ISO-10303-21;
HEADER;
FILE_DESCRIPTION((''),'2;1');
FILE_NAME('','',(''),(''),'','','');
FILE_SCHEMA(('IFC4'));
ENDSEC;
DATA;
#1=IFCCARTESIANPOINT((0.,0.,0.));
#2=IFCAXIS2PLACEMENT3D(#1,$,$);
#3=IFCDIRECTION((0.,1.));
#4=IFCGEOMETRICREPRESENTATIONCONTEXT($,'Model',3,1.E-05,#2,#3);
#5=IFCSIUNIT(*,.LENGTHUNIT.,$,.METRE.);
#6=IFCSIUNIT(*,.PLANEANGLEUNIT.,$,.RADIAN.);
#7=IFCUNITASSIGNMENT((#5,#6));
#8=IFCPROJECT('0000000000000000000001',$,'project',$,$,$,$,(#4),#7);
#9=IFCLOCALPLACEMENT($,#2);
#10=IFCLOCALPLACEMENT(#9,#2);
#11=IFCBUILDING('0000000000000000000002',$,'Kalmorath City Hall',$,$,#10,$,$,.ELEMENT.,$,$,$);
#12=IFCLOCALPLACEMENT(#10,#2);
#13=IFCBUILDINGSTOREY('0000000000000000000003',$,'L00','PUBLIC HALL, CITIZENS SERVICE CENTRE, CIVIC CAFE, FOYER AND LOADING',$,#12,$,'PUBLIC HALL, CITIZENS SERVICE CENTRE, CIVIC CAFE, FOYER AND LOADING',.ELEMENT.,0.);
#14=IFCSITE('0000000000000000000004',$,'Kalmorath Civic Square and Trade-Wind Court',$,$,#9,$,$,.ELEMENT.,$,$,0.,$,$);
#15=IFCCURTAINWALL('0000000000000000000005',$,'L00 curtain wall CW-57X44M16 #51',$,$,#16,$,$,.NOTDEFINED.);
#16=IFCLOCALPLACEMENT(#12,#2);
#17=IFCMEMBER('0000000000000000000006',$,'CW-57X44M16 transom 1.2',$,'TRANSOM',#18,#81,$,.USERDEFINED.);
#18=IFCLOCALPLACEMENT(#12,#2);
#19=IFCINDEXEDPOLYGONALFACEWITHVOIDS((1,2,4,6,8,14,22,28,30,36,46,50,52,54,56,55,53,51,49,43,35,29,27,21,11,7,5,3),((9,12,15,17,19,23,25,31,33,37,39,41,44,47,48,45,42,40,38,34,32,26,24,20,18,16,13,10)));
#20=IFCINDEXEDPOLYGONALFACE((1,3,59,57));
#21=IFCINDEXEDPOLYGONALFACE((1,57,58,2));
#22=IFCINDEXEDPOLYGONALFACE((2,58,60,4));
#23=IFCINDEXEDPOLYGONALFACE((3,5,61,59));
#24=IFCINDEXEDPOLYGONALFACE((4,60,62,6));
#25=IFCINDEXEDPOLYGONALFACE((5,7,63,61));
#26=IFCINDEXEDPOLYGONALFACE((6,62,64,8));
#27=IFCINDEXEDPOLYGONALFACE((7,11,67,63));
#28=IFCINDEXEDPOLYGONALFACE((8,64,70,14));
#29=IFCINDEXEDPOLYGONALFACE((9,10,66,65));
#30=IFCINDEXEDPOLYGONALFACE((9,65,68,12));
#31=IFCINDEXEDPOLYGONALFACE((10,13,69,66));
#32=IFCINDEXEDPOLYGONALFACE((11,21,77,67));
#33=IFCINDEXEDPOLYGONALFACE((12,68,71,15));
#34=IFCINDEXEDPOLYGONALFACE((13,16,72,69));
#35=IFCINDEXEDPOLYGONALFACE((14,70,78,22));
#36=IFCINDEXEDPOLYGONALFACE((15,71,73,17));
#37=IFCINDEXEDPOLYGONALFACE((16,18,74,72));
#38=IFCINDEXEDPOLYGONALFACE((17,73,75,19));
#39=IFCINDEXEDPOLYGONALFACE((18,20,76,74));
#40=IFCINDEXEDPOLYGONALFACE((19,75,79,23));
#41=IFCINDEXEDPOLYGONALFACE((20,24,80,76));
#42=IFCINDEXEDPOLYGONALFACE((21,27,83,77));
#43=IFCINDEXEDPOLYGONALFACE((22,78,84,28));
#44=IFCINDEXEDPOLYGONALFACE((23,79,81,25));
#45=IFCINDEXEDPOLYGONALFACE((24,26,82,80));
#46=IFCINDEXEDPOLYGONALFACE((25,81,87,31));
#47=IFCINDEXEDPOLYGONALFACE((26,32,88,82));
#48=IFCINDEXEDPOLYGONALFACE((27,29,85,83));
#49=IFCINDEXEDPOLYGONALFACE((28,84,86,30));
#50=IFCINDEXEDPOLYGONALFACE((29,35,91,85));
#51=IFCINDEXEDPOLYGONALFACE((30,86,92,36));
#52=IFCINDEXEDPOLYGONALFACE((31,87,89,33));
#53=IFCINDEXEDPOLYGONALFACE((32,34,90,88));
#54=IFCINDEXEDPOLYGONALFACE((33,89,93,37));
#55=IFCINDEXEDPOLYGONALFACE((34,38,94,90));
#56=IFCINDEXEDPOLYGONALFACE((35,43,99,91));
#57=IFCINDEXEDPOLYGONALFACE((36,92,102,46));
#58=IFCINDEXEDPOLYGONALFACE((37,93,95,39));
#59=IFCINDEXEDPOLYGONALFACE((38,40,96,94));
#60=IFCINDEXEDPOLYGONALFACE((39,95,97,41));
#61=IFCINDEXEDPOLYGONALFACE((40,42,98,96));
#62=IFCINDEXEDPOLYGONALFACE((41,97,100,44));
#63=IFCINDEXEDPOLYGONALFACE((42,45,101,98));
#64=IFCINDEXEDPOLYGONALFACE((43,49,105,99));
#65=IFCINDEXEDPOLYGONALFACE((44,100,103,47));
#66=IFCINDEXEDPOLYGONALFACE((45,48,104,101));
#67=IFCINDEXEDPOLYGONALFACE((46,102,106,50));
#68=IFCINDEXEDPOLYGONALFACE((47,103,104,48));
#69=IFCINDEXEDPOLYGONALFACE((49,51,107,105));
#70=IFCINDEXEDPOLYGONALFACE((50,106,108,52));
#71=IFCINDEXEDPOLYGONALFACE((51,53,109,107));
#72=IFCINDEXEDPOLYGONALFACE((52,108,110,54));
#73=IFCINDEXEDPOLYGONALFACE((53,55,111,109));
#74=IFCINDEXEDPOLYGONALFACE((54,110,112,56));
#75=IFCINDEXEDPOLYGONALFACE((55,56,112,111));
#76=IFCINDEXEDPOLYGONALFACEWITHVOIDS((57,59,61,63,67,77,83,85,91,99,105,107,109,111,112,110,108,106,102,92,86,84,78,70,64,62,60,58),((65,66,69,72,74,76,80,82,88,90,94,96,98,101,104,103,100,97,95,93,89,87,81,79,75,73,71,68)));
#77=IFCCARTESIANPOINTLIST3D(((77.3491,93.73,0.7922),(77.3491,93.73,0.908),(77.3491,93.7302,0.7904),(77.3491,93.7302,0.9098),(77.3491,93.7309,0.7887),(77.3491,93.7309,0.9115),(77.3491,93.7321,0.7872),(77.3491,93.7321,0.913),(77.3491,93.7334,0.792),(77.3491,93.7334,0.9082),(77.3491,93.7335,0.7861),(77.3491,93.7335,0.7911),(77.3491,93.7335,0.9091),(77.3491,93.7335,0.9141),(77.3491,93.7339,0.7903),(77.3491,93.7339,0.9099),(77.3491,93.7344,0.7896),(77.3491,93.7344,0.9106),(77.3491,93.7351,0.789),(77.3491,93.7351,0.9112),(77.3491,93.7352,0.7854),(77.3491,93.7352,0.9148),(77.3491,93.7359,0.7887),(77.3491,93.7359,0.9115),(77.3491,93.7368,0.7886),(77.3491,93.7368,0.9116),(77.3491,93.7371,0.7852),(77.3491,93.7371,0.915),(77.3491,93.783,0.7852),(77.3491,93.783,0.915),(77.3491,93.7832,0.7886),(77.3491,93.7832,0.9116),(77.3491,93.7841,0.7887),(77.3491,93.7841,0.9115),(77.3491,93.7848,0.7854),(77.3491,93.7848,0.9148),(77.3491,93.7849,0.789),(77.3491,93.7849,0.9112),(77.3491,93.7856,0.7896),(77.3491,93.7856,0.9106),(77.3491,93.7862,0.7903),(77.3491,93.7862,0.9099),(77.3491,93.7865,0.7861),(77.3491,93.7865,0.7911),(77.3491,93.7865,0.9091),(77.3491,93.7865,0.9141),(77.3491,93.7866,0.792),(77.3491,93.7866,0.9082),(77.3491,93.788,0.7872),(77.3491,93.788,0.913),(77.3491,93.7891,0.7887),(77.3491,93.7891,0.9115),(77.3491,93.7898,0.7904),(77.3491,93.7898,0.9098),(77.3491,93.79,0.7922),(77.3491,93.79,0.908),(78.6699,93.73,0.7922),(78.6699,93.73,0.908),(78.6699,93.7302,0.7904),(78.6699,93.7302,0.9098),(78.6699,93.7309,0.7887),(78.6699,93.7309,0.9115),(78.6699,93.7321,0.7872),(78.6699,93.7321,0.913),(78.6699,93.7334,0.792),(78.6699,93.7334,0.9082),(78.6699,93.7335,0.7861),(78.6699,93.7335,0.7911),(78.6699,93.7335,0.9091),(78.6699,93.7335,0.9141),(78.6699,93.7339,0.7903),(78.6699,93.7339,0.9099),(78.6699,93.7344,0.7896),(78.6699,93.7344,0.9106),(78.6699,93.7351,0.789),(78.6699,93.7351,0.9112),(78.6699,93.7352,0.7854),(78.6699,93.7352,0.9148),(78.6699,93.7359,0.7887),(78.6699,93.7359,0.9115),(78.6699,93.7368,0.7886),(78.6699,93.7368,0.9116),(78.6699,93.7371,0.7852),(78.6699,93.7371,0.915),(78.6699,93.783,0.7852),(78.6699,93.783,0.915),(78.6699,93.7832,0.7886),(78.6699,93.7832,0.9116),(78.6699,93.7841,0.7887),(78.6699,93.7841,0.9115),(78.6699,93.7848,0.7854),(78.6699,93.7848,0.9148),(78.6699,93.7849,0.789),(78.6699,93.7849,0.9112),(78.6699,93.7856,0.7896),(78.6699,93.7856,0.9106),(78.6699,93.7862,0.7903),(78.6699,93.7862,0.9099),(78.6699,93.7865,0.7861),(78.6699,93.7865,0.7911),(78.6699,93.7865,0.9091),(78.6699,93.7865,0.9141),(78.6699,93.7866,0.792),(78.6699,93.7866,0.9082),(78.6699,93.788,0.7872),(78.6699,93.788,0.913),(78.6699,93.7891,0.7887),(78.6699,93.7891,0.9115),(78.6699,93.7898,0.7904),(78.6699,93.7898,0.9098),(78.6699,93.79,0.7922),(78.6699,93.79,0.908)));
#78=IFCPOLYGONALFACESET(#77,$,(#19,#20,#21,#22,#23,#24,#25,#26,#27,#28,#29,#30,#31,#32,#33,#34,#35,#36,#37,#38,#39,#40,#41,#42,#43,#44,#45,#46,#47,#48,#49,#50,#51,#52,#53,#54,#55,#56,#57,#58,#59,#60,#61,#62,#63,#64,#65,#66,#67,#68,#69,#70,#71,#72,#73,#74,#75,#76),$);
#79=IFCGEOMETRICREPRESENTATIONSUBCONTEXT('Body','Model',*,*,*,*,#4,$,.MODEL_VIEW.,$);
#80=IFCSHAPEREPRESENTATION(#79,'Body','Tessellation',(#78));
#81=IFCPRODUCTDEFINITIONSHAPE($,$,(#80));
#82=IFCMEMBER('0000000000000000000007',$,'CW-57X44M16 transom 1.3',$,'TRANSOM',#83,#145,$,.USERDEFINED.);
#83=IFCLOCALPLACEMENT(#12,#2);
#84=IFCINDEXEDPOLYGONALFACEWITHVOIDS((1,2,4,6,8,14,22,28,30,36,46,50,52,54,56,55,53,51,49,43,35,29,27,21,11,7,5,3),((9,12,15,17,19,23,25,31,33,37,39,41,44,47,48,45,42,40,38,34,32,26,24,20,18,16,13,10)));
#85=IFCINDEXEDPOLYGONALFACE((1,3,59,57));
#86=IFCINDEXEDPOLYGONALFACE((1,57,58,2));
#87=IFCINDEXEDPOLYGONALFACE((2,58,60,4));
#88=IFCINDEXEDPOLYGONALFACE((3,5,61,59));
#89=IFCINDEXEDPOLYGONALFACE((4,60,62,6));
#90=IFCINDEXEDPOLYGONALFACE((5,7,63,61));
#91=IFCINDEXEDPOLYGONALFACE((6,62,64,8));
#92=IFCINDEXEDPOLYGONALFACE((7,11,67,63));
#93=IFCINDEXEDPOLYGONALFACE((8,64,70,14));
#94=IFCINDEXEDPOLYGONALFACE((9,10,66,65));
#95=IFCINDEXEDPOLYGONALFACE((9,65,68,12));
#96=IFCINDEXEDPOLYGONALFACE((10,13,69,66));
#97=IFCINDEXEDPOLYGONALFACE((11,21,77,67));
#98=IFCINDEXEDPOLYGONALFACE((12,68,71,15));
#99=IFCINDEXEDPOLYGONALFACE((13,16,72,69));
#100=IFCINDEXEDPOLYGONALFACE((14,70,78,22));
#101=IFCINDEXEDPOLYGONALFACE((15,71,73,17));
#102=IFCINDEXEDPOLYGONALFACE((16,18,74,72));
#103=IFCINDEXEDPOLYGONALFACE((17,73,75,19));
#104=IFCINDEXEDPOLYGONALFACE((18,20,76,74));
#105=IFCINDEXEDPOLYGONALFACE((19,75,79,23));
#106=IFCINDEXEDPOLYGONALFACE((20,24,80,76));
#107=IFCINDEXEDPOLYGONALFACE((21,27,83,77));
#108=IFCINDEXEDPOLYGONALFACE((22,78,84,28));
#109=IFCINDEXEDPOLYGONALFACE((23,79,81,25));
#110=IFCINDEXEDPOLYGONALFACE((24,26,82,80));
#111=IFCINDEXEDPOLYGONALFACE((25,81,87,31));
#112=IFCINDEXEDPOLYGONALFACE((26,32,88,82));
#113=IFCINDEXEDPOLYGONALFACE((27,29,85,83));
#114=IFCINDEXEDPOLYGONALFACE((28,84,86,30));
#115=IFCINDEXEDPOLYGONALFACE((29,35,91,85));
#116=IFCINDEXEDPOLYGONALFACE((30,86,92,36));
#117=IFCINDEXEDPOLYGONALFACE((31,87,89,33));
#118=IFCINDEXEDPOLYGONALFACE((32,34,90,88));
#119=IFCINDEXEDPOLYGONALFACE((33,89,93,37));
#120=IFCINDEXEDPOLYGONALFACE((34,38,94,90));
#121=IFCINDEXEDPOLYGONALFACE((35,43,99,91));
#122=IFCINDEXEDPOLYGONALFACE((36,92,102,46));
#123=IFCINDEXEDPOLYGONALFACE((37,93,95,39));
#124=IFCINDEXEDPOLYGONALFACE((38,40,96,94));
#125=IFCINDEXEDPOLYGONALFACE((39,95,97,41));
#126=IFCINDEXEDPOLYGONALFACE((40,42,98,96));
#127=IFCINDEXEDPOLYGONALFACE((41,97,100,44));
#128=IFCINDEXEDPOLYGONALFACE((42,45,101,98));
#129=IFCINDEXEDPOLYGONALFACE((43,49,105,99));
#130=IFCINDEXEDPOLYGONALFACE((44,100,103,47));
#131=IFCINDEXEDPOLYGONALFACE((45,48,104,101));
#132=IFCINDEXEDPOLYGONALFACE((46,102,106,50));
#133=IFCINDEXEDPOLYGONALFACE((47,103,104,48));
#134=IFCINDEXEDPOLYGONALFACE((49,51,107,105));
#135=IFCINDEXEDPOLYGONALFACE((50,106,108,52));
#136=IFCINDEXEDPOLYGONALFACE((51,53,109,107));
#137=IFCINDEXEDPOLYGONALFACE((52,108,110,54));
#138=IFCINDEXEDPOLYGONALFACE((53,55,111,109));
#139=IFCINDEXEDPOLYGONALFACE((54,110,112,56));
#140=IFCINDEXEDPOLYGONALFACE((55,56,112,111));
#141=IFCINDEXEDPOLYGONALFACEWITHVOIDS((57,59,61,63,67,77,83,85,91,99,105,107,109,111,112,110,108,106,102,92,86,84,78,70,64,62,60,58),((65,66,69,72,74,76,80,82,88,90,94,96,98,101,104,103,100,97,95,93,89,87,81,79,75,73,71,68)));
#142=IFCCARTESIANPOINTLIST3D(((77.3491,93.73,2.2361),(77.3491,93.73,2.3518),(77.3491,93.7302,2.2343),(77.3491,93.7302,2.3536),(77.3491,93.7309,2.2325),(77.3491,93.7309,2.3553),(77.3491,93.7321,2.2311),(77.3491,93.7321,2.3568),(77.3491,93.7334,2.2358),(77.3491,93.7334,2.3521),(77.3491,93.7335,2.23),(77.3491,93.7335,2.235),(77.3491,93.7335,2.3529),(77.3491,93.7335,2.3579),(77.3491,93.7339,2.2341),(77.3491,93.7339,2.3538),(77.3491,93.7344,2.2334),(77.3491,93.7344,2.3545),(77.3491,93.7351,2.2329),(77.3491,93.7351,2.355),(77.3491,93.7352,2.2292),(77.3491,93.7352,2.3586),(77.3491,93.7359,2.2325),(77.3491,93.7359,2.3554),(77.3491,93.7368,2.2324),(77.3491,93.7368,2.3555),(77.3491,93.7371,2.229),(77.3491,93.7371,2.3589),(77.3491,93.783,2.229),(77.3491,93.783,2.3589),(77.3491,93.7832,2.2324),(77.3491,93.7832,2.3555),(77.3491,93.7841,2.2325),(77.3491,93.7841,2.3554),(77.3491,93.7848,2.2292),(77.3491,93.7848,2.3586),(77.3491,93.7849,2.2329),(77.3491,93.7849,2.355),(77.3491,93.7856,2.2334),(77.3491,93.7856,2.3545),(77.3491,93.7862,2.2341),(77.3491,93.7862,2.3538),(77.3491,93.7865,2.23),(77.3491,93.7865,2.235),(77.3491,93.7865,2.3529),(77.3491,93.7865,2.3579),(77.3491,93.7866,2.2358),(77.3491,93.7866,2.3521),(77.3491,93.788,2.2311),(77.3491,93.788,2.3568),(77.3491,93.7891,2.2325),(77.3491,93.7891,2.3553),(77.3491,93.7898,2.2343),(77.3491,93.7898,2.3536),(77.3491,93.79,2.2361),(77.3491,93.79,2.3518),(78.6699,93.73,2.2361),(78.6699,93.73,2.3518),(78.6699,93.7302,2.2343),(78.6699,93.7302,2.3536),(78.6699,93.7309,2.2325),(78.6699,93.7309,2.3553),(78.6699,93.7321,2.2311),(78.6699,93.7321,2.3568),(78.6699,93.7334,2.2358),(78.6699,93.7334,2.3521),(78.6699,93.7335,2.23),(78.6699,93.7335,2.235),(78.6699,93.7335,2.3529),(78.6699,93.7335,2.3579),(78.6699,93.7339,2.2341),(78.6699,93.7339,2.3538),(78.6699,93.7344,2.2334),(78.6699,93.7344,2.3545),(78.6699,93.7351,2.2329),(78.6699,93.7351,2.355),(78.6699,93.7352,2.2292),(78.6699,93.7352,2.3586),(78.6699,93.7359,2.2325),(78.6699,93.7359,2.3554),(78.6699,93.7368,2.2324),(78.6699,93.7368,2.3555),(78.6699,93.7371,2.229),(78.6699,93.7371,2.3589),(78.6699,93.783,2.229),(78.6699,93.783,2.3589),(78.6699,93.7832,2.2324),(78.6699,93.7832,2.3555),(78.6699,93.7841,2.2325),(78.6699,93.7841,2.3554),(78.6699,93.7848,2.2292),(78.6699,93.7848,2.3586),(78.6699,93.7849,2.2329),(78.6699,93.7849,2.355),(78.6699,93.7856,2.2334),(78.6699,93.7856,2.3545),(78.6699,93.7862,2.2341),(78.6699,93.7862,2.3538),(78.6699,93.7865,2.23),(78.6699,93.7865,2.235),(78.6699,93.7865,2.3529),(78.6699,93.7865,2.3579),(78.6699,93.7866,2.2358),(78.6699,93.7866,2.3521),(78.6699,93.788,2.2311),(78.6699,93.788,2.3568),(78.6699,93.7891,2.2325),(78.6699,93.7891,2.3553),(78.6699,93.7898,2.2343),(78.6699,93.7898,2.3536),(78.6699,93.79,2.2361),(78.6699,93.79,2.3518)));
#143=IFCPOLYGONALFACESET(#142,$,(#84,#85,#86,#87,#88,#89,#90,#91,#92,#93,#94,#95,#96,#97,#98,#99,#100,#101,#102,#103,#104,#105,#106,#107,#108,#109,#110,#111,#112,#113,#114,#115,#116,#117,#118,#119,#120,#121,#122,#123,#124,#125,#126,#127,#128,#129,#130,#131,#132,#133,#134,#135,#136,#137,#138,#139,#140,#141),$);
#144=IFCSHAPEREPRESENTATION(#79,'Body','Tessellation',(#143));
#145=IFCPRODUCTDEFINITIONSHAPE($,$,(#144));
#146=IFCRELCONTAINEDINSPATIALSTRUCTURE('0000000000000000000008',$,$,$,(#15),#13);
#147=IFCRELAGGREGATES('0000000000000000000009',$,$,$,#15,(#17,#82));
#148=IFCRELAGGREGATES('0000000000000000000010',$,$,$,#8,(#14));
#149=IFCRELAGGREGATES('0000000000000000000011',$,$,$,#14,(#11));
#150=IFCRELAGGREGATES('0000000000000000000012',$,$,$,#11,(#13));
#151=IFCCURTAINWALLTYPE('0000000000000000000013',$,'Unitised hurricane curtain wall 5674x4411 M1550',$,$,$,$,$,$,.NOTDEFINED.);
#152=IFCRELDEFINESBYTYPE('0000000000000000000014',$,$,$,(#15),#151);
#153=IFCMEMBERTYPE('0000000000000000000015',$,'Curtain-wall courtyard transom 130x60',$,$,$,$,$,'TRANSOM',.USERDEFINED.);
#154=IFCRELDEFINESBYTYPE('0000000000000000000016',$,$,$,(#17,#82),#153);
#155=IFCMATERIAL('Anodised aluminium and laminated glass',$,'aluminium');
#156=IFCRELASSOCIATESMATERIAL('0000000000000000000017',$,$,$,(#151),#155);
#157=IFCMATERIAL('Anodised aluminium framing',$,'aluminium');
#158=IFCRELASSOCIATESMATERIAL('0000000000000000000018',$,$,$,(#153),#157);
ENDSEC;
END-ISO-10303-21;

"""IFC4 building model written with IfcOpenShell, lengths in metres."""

from ifc_helpers import new_model, si_unit, direction, frame, origin, origin_2d, place, context, subcontext, project, spatial, hollow_rectangle, extrude, material, material_profile, profile_set, type_object, element, aggregate, save


model = new_model("IFC4")

# Units and contexts
model_context = context("Model", 3, precision=1e-05, world=origin(), true_north=direction((0.0, 1.0)))
body_context = subcontext(model_context, "Body", "Model", "MODEL_VIEW")
ifc_project = project(units=[si_unit("LENGTHUNIT", "METRE"), si_unit("PLANEANGLEUNIT", "RADIAN")], contexts=[model_context])

# Site, building, storey
site_placement = place(None, origin())
site = spatial("IfcSite", under=ifc_project, at=site_placement, Name="Kalmorath Civic Square and Trade-Wind Court", CompositionType="ELEMENT", RefElevation=0.0)
building_placement = place(site_placement, origin())
building = spatial("IfcBuilding", under=site, at=building_placement, Name="Kalmorath City Hall", CompositionType="ELEMENT")
storey_placement = place(building_placement, origin())
storey = spatial("IfcBuildingStorey", under=building, at=storey_placement, Name="L00", Description="PUBLIC HALL, CITIZENS SERVICE CENTRE, CIVIC CAFE, FOYER AND LOADING", LongName="PUBLIC HALL, CITIZENS SERVICE CENTRE, CIVIC CAFE, FOYER AND LOADING", CompositionType="ELEMENT", Elevation=0.0)

# Curtain wall, members
ifc_material_1 = material(Name="Anodised aluminium and laminated glass", Category="aluminium")
curtain_wall_type = type_object("IfcCurtainWallType", Name="Unitised hurricane curtain wall 5674x4411 M1550", PredefinedType="NOTDEFINED", material=ifc_material_1)
curtain_wall_placement = place(storey_placement, origin())
curtain_wall = element("IfcCurtainWall", 1, at=curtain_wall_placement, inside=storey, type_object=curtain_wall_type, Name="L00 curtain wall CW-57X44M16 #51", PredefinedType="NOTDEFINED")
ifc_material_2 = material(Name="Anodised aluminium framing", Category="aluminium")
ifc_material_profile_1 = material_profile(ifc_material_2, hollow_rectangle(XDim=0.0601, YDim=0.1299, WallThickness=0.0034, InnerFilletRadius=0.0034, OuterFilletRadius=0.0071, at=origin_2d()), Name="ALU-TRN-130X60X3.5")
ifc_profile_set_1 = profile_set([ifc_material_profile_1], Name="Anodised aluminium framing")
member_type_1 = type_object("IfcMemberType", Name="Curtain-wall courtyard transom 130x60", ElementType="TRANSOM", PredefinedType="USERDEFINED", material=ifc_profile_set_1)
member_1_placement = place(storey_placement, frame((78.6699, 93.76, 0.8501), z_axis=(-1.0, 0.0, 0.0), x_axis=(0.0, -1.0, 0.0)))
member_1 = element("IfcMember", 2, at=member_1_placement, type_object=member_type_1, Name="CW-57X44M16 transom 1.2", ObjectType="TRANSOM", PredefinedType="USERDEFINED", context=body_context, shape_type="SweptSolid", body=[
    extrude(hollow_rectangle(XDim=0.0601, YDim=0.1299, WallThickness=0.0034, InnerFilletRadius=0.0034, OuterFilletRadius=0.0071, at=origin_2d()), origin(), (0.0, 0.0, 1.0), 1.3208),
])
member_2_placement = place(storey_placement, frame((78.6699, 93.76, 2.2939), z_axis=(-1.0, 0.0, 0.0), x_axis=(0.0, -1.0, 0.0)))
member_2 = element("IfcMember", 3, at=member_2_placement, type_object=member_type_1, Name="CW-57X44M16 transom 1.3", ObjectType="TRANSOM", PredefinedType="USERDEFINED", context=body_context, shape_type="SweptSolid", body=[
    extrude(hollow_rectangle(XDim=0.0601, YDim=0.1299, WallThickness=0.0034, InnerFilletRadius=0.0034, OuterFilletRadius=0.0071, at=origin_2d()), origin(), (0.0, 0.0, 1.0), 1.3208),
])

aggregate(curtain_wall, [member_1, member_2])

save(model, "model.ifc")
